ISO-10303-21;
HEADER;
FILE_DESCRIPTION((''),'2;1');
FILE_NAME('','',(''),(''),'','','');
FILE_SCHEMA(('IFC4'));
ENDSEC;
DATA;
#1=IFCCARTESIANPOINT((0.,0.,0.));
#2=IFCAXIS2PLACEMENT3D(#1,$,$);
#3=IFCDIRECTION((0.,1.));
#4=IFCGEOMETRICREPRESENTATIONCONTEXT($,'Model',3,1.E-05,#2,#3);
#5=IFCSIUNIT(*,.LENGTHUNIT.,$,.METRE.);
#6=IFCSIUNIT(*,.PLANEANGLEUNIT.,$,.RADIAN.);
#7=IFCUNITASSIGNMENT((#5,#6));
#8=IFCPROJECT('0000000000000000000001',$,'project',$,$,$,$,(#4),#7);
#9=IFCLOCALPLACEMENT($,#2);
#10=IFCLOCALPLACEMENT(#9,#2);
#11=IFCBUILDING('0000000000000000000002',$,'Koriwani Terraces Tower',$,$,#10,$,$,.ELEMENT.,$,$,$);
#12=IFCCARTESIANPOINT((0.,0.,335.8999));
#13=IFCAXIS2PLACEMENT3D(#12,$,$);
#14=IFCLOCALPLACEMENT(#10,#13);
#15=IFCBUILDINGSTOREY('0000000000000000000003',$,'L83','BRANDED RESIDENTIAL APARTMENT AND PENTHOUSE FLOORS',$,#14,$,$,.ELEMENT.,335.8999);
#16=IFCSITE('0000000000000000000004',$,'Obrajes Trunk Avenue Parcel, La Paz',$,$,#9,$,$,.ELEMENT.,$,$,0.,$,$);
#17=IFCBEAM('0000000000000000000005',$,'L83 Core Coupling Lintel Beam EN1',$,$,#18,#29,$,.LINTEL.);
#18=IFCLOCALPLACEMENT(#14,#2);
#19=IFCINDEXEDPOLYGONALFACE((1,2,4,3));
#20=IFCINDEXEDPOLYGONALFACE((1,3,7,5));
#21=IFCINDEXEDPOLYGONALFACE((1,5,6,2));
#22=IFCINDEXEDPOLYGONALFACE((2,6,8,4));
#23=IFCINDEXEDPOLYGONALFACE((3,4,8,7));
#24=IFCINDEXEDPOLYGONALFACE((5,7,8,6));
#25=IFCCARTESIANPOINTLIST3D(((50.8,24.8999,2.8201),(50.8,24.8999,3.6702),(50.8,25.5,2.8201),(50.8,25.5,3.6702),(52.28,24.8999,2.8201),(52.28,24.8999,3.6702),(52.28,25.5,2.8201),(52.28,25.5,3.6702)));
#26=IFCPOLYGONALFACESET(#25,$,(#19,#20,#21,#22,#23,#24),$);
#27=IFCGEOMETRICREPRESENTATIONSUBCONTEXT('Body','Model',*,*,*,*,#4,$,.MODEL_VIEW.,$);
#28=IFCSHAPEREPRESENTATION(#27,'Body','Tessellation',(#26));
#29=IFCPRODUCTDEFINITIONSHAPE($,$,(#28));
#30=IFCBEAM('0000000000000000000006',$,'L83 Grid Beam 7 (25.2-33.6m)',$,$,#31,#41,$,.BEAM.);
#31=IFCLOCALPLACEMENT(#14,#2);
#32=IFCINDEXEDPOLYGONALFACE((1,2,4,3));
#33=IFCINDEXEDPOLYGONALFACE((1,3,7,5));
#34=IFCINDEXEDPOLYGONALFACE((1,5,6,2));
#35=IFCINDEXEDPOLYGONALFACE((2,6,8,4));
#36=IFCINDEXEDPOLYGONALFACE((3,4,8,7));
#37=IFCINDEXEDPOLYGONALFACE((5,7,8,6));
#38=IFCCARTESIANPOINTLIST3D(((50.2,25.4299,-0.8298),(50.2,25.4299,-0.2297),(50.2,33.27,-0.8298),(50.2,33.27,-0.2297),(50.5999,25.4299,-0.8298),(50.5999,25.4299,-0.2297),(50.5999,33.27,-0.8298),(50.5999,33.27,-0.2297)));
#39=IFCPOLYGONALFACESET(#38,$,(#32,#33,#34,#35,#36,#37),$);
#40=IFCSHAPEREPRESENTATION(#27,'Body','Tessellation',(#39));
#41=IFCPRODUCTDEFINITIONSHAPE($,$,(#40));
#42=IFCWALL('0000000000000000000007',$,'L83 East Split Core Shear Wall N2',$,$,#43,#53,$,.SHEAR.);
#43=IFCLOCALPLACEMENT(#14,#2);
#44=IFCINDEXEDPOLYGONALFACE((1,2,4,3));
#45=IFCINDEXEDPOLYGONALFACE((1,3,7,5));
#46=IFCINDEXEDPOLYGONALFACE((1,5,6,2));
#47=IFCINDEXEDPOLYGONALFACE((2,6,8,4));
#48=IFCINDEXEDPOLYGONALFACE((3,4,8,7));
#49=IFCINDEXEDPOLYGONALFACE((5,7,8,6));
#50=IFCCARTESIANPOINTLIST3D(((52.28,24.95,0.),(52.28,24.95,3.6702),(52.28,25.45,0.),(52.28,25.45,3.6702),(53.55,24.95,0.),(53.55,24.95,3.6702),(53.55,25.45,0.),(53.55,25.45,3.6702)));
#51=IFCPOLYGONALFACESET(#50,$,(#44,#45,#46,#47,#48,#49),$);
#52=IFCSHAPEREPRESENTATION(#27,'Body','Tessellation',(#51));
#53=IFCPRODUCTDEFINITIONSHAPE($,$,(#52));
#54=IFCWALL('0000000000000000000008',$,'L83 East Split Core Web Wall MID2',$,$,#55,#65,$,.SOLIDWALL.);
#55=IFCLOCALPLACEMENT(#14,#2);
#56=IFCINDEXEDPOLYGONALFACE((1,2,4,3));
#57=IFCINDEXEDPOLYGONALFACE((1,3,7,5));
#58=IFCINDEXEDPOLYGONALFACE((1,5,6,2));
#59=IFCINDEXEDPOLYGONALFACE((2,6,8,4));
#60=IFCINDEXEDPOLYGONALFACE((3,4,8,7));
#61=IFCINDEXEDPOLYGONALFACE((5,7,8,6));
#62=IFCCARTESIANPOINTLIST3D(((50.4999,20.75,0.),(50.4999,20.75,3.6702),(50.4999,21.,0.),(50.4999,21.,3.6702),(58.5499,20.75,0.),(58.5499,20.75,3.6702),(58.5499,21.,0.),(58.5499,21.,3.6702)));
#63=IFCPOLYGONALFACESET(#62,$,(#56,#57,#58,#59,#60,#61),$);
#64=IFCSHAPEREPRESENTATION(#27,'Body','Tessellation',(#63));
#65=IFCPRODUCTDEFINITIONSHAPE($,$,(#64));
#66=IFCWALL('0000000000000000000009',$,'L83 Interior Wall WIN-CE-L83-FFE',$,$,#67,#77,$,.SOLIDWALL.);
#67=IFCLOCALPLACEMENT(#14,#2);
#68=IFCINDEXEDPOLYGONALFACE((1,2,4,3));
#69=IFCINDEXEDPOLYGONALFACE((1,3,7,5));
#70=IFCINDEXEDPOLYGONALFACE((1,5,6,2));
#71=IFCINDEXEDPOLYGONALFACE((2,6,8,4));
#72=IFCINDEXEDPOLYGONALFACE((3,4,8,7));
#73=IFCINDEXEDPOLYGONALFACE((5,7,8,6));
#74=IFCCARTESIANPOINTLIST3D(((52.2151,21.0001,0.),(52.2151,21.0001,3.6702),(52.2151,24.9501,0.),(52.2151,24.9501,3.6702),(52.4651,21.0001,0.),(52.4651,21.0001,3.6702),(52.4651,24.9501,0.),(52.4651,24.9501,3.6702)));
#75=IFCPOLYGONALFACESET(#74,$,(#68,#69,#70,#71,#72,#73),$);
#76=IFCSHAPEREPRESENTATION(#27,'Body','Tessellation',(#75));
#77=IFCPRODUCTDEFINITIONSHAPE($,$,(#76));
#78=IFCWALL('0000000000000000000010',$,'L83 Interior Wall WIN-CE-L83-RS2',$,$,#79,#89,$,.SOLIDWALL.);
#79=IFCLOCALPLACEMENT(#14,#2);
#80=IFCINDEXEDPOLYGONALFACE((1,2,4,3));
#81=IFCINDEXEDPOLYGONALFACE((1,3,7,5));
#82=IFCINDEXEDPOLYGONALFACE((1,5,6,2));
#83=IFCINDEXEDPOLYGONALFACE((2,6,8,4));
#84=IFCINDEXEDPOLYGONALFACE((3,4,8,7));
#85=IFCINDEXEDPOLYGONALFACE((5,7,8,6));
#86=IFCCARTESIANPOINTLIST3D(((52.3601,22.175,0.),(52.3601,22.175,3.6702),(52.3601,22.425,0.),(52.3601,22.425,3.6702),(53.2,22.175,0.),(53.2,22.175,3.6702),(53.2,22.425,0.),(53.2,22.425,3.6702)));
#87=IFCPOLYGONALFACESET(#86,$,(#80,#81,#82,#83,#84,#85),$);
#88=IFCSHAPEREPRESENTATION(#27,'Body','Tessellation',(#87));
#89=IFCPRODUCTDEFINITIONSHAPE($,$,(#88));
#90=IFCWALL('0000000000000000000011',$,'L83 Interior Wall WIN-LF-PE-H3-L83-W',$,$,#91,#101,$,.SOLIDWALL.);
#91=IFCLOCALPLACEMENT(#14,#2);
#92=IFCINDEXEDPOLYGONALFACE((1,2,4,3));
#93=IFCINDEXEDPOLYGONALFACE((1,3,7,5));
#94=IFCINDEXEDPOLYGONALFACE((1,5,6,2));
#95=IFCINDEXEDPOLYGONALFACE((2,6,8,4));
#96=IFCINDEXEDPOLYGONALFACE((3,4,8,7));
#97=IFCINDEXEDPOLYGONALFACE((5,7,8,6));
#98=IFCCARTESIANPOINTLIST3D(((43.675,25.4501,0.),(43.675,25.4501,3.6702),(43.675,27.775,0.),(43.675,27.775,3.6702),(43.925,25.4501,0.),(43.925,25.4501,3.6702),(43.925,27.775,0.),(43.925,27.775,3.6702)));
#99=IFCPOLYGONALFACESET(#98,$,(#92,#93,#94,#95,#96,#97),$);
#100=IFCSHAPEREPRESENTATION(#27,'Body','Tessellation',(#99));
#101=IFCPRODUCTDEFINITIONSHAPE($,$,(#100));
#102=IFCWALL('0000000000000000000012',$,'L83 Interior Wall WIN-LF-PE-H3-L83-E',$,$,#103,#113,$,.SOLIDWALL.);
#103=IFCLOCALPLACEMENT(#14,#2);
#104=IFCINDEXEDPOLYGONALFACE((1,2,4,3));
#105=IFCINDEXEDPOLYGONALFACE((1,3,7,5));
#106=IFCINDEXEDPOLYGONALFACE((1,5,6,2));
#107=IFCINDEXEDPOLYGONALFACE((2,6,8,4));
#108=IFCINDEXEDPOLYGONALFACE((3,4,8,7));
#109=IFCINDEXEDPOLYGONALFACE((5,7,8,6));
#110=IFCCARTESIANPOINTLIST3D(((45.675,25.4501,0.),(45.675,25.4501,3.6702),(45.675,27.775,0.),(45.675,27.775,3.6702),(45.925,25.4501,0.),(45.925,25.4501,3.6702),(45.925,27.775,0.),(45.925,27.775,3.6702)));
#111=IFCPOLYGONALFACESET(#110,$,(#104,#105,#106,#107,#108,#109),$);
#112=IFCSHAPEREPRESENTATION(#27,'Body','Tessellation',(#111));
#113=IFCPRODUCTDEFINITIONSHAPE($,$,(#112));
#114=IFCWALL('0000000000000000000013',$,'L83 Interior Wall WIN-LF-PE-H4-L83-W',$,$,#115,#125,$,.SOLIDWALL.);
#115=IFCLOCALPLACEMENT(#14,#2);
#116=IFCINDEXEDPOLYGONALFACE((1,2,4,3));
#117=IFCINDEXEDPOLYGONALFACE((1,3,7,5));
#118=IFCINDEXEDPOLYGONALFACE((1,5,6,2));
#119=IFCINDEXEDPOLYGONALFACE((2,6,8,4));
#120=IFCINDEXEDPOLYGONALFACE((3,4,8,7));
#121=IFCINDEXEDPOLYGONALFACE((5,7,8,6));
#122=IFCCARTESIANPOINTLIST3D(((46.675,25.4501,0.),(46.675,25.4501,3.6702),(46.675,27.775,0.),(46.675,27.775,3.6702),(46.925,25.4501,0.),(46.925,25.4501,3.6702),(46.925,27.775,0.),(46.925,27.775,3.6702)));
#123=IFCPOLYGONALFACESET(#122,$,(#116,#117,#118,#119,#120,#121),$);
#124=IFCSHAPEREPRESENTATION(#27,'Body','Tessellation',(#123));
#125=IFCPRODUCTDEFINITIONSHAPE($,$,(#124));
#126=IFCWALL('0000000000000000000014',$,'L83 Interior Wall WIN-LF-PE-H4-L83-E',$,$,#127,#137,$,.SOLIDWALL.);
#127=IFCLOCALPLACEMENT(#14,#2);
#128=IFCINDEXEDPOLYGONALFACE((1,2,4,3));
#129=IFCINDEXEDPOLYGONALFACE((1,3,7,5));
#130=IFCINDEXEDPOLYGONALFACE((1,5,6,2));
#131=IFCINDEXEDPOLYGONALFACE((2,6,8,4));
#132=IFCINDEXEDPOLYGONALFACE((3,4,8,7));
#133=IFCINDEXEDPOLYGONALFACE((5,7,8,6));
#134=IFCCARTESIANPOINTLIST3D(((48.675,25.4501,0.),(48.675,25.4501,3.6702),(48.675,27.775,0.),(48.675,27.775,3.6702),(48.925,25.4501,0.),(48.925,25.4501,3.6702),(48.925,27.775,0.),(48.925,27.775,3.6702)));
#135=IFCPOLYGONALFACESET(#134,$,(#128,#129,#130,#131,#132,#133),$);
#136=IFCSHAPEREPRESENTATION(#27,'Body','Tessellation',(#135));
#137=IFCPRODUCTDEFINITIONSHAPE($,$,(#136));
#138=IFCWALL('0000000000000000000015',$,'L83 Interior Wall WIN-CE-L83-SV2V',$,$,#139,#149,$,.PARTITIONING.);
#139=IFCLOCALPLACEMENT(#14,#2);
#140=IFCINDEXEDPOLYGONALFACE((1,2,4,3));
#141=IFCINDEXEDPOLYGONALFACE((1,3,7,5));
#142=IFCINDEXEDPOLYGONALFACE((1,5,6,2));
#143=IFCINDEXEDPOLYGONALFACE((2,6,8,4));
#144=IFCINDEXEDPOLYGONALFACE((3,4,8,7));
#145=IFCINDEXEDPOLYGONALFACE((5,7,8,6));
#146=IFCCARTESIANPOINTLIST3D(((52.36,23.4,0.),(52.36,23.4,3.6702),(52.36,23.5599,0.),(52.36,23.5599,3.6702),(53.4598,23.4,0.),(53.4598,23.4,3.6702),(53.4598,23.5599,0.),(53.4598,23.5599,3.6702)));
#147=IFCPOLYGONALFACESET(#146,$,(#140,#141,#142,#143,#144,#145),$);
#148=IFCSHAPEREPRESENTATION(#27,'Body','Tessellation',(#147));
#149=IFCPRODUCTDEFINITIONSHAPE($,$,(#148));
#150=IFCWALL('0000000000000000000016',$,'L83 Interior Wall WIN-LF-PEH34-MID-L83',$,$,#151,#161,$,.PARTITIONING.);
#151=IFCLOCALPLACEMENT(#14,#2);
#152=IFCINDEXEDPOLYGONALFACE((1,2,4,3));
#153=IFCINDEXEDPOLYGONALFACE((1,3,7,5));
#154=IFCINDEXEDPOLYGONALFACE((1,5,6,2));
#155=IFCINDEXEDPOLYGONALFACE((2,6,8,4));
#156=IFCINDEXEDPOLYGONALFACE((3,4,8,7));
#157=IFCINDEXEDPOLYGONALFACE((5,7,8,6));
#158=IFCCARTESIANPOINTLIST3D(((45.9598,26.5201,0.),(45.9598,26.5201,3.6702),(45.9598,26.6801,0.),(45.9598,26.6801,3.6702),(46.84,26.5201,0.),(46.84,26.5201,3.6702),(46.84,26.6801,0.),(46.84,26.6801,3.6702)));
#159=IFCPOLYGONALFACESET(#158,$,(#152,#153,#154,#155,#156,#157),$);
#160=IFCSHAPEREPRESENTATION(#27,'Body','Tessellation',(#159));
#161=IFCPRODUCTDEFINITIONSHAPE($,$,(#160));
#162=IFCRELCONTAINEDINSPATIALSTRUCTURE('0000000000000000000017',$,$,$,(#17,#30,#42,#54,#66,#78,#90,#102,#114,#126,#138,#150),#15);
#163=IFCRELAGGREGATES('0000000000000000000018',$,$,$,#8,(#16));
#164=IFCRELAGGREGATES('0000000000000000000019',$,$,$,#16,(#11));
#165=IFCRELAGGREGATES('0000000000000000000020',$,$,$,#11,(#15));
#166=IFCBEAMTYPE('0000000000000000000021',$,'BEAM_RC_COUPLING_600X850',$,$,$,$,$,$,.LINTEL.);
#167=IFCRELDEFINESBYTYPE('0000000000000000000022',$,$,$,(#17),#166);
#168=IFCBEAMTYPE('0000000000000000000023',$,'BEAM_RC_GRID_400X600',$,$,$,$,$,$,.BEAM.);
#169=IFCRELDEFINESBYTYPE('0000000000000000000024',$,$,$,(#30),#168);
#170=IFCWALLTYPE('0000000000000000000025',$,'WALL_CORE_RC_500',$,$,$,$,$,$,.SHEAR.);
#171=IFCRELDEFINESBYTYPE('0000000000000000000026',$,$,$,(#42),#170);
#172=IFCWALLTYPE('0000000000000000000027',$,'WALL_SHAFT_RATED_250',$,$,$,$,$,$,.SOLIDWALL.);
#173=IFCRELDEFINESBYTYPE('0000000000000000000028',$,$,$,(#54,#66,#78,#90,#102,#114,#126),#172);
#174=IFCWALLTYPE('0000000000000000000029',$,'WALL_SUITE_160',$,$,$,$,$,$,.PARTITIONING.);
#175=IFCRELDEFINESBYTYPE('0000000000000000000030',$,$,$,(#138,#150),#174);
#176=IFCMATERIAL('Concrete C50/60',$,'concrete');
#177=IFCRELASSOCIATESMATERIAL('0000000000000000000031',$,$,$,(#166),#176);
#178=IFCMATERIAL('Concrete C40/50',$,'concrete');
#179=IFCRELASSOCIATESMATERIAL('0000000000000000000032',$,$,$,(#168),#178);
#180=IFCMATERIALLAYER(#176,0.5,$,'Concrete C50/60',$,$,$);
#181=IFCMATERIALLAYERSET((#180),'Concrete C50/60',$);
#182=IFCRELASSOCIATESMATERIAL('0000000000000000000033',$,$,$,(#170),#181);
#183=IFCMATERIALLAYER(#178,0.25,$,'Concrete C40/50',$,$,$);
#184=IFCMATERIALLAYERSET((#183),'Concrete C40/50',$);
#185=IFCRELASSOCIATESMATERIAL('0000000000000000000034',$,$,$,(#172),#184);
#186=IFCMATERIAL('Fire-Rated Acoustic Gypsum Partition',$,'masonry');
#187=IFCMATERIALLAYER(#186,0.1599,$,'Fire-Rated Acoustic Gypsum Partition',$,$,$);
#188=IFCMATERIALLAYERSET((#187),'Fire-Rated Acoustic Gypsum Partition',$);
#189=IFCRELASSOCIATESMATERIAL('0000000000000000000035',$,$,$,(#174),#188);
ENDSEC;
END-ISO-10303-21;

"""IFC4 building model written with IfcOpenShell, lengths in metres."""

from ifc_helpers import new_model, si_unit, direction, frame, frame_2d, origin, origin_2d, place, context, subcontext, project, spatial, rectangle, extrude, material, layer, layer_set, material_profile, profile_set, type_object, element, save


model = new_model("IFC4")

# Units and contexts
model_context = context("Model", 3, precision=1e-05, world=origin(), true_north=direction((0.0, 1.0)))
body_context = subcontext(model_context, "Body", "Model", "MODEL_VIEW")
ifc_project = project(units=[si_unit("LENGTHUNIT", "METRE"), si_unit("PLANEANGLEUNIT", "RADIAN")], contexts=[model_context])

# Site, building, storey
site_placement = place(None, origin())
site = spatial("IfcSite", under=ifc_project, at=site_placement, Name="Obrajes Trunk Avenue Parcel, La Paz", CompositionType="ELEMENT", RefElevation=0.0)
building_placement = place(site_placement, origin())
building = spatial("IfcBuilding", under=site, at=building_placement, Name="Koriwani Terraces Tower", CompositionType="ELEMENT")
storey_placement = place(building_placement, frame((0.0, 0.0, 335.8999)))
storey = spatial("IfcBuildingStorey", under=building, at=storey_placement, Name="L83", Description="BRANDED RESIDENTIAL APARTMENT AND PENTHOUSE FLOORS", CompositionType="ELEMENT", Elevation=335.8999)

# Beams
ifc_material_1 = material(Name="Concrete C50/60", Category="concrete")
ifc_material_profile_1 = material_profile(ifc_material_1, rectangle(XDim=0.6001, YDim=0.8501, at=origin_2d()), Name="Concrete C50/60", Category="LoadBearing")
ifc_profile_set_1 = profile_set([ifc_material_profile_1], Name="Concrete C50/60")
beam_type_1 = type_object("IfcBeamType", Name="BEAM_RC_COUPLING_600X850", PredefinedType="LINTEL", material=ifc_profile_set_1)
beam_1_placement = place(storey_placement, frame((50.8, 25.2, 3.2451), z_axis=(1.0, 0.0, 0.0), x_axis=(0.0, 1.0, 0.0)))
element("IfcBeam", 1, at=beam_1_placement, inside=storey, type_object=beam_type_1, Name="L83 Core Coupling Lintel Beam EN1", PredefinedType="LINTEL", context=body_context, shape_type="SweptSolid", body=[
    extrude(rectangle(XDim=0.6001, YDim=0.8501, at=origin_2d()), origin(), (0.0, 0.0, 1.0), 1.48),
])
ifc_material_2 = material(Name="Concrete C40/50", Category="concrete")
ifc_material_profile_2 = material_profile(ifc_material_2, rectangle(XDim=0.3999, YDim=0.6001, at=origin_2d()), Name="Concrete C40/50", Category="LoadBearing")
ifc_profile_set_2 = profile_set([ifc_material_profile_2], Name="Concrete C40/50")
beam_type_2 = type_object("IfcBeamType", Name="BEAM_RC_GRID_400X600", PredefinedType="BEAM", material=ifc_profile_set_2)
beam_2_placement = place(storey_placement, frame((50.3999, 25.4299, -0.5298), z_axis=(0.0, 1.0, 0.0), x_axis=(-1.0, 0.0, 0.0)))
element("IfcBeam", 2, at=beam_2_placement, inside=storey, type_object=beam_type_2, Name="L83 Grid Beam 7 (25.2-33.6m)", PredefinedType="BEAM", context=body_context, shape_type="SweptSolid", body=[
    extrude(rectangle(XDim=0.3999, YDim=0.6001, at=origin_2d()), origin(), (0.0, 0.0, 1.0), 7.8401),
])

# Walls
ifc_layer_1 = layer(ifc_material_1, 0.5, Name="Concrete C50/60")
ifc_layer_set_1 = layer_set([ifc_layer_1], Name="Concrete C50/60")
wall_type_1 = type_object("IfcWallType", Name="WALL_CORE_RC_500", PredefinedType="SHEAR", material=ifc_layer_set_1)
wall_1_placement = place(storey_placement, frame((52.28, 25.2, 0.0), z_axis=(0.0, 0.0, 1.0), x_axis=(1.0, 0.0, 0.0)))
element("IfcWall", 3, at=wall_1_placement, inside=storey, type_object=wall_type_1, Name="L83 East Split Core Shear Wall N2", PredefinedType="SHEAR", context=body_context, shape_type="SweptSolid", body=[
    extrude(rectangle(XDim=1.27, YDim=0.5, at=frame_2d((0.635, 0.0))), origin(), (0.0, 0.0, 1.0), 3.6702),
])
ifc_layer_2 = layer(ifc_material_2, 0.25, Name="Concrete C40/50")
ifc_layer_set_2 = layer_set([ifc_layer_2], Name="Concrete C40/50")
wall_type_2 = type_object("IfcWallType", Name="WALL_SHAFT_RATED_250", PredefinedType="SOLIDWALL", material=ifc_layer_set_2)
wall_2_placement = place(storey_placement, frame((50.5, 20.875, 0.0), z_axis=(0.0, 0.0, 1.0), x_axis=(1.0, 0.0, 0.0)))
element("IfcWall", 4, at=wall_2_placement, inside=storey, type_object=wall_type_2, Name="L83 East Split Core Web Wall MID2", PredefinedType="SOLIDWALL", context=body_context, shape_type="SweptSolid", body=[
    extrude(rectangle(XDim=8.05, YDim=0.25, at=frame_2d((4.0249, 0.0))), origin(), (0.0, 0.0, 1.0), 3.6702),
])

# Walls
wall_3_placement = place(storey_placement, frame((52.3401, 21.0, 0.0), z_axis=(0.0, 0.0, 1.0), x_axis=(0.0, 1.0, 0.0)))
element("IfcWall", 5, at=wall_3_placement, inside=storey, type_object=wall_type_2, Name="L83 Interior Wall WIN-CE-L83-FFE", PredefinedType="SOLIDWALL", context=body_context, shape_type="SweptSolid", body=[
    extrude(rectangle(XDim=3.95, YDim=0.25, at=frame_2d((1.9751, 0.0))), origin(), (0.0, 0.0, 1.0), 3.6702),
])
wall_4_placement = place(storey_placement, frame((52.3601, 22.3, 0.0), z_axis=(0.0, 0.0, 1.0), x_axis=(1.0, 0.0, 0.0)))
element("IfcWall", 6, at=wall_4_placement, inside=storey, type_object=wall_type_2, Name="L83 Interior Wall WIN-CE-L83-RS2", PredefinedType="SOLIDWALL", context=body_context, shape_type="SweptSolid", body=[
    extrude(rectangle(XDim=0.8398, YDim=0.25, at=frame_2d((0.4199, 0.0))), origin(), (0.0, 0.0, 1.0), 3.6702),
])
for number, where, z_axis, x_axis, name in (
    (7, (43.8, 25.45, 0.0), (0.0, 0.0, 1.0), (0.0, 1.0, 0.0), "L83 Interior Wall WIN-LF-PE-H3-L83-W"),
    (8, (45.8, 25.45, 0.0), (0.0, 0.0, 1.0), (0.0, 1.0, 0.0), "L83 Interior Wall WIN-LF-PE-H3-L83-E"),
):
    element("IfcWall", number, at=place(storey_placement, frame(where, z_axis=z_axis, x_axis=x_axis)), inside=storey, type_object=wall_type_2, Name=name, PredefinedType="SOLIDWALL", context=body_context, shape_type="SweptSolid", body=[
        extrude(rectangle(XDim=2.325, YDim=0.25, at=frame_2d((1.1626, 0.0))), origin(), (0.0, 0.0, 1.0), 3.6702),
    ])

# Walls
for number, where, z_axis, x_axis, name in (
    (9, (46.8, 25.45, 0.0), (0.0, 0.0, 1.0), (0.0, 1.0, 0.0), "L83 Interior Wall WIN-LF-PE-H4-L83-W"),
    (10, (48.8, 25.45, 0.0), (0.0, 0.0, 1.0), (0.0, 1.0, 0.0), "L83 Interior Wall WIN-LF-PE-H4-L83-E"),
):
    element("IfcWall", number, at=place(storey_placement, frame(where, z_axis=z_axis, x_axis=x_axis)), inside=storey, type_object=wall_type_2, Name=name, PredefinedType="SOLIDWALL", context=body_context, shape_type="SweptSolid", body=[
        extrude(rectangle(XDim=2.325, YDim=0.25, at=frame_2d((1.1626, 0.0))), origin(), (0.0, 0.0, 1.0), 3.6702),
    ])
ifc_material_3 = material(Name="Fire-Rated Acoustic Gypsum Partition", Category="masonry")
ifc_layer_3 = layer(ifc_material_3, 0.1599, Name="Fire-Rated Acoustic Gypsum Partition")
ifc_layer_set_3 = layer_set([ifc_layer_3], Name="Fire-Rated Acoustic Gypsum Partition")
wall_type_3 = type_object("IfcWallType", Name="WALL_SUITE_160", PredefinedType="PARTITIONING", material=ifc_layer_set_3)
wall_5_placement = place(storey_placement, frame((52.3601, 23.48, 0.0), z_axis=(0.0, 0.0, 1.0), x_axis=(1.0, 0.0, 0.0)))
element("IfcWall", 11, at=wall_5_placement, inside=storey, type_object=wall_type_3, Name="L83 Interior Wall WIN-CE-L83-SV2V", PredefinedType="PARTITIONING", context=body_context, shape_type="SweptSolid", body=[
    extrude(rectangle(XDim=1.0999, YDim=0.1599, at=frame_2d((0.5498, 0.0))), origin(), (0.0, 0.0, 1.0), 3.6702),
])
wall_6_placement = place(storey_placement, frame((45.96, 26.6001, 0.0), z_axis=(0.0, 0.0, 1.0), x_axis=(1.0, 0.0, 0.0)))
element("IfcWall", 12, at=wall_6_placement, inside=storey, type_object=wall_type_3, Name="L83 Interior Wall WIN-LF-PEH34-MID-L83", PredefinedType="PARTITIONING", context=body_context, shape_type="SweptSolid", body=[
    extrude(rectangle(XDim=0.8801, YDim=0.1599, at=frame_2d((0.4399, 0.0))), origin(), (0.0, 0.0, 1.0), 3.6702),
])

save(model, "model.ifc")
